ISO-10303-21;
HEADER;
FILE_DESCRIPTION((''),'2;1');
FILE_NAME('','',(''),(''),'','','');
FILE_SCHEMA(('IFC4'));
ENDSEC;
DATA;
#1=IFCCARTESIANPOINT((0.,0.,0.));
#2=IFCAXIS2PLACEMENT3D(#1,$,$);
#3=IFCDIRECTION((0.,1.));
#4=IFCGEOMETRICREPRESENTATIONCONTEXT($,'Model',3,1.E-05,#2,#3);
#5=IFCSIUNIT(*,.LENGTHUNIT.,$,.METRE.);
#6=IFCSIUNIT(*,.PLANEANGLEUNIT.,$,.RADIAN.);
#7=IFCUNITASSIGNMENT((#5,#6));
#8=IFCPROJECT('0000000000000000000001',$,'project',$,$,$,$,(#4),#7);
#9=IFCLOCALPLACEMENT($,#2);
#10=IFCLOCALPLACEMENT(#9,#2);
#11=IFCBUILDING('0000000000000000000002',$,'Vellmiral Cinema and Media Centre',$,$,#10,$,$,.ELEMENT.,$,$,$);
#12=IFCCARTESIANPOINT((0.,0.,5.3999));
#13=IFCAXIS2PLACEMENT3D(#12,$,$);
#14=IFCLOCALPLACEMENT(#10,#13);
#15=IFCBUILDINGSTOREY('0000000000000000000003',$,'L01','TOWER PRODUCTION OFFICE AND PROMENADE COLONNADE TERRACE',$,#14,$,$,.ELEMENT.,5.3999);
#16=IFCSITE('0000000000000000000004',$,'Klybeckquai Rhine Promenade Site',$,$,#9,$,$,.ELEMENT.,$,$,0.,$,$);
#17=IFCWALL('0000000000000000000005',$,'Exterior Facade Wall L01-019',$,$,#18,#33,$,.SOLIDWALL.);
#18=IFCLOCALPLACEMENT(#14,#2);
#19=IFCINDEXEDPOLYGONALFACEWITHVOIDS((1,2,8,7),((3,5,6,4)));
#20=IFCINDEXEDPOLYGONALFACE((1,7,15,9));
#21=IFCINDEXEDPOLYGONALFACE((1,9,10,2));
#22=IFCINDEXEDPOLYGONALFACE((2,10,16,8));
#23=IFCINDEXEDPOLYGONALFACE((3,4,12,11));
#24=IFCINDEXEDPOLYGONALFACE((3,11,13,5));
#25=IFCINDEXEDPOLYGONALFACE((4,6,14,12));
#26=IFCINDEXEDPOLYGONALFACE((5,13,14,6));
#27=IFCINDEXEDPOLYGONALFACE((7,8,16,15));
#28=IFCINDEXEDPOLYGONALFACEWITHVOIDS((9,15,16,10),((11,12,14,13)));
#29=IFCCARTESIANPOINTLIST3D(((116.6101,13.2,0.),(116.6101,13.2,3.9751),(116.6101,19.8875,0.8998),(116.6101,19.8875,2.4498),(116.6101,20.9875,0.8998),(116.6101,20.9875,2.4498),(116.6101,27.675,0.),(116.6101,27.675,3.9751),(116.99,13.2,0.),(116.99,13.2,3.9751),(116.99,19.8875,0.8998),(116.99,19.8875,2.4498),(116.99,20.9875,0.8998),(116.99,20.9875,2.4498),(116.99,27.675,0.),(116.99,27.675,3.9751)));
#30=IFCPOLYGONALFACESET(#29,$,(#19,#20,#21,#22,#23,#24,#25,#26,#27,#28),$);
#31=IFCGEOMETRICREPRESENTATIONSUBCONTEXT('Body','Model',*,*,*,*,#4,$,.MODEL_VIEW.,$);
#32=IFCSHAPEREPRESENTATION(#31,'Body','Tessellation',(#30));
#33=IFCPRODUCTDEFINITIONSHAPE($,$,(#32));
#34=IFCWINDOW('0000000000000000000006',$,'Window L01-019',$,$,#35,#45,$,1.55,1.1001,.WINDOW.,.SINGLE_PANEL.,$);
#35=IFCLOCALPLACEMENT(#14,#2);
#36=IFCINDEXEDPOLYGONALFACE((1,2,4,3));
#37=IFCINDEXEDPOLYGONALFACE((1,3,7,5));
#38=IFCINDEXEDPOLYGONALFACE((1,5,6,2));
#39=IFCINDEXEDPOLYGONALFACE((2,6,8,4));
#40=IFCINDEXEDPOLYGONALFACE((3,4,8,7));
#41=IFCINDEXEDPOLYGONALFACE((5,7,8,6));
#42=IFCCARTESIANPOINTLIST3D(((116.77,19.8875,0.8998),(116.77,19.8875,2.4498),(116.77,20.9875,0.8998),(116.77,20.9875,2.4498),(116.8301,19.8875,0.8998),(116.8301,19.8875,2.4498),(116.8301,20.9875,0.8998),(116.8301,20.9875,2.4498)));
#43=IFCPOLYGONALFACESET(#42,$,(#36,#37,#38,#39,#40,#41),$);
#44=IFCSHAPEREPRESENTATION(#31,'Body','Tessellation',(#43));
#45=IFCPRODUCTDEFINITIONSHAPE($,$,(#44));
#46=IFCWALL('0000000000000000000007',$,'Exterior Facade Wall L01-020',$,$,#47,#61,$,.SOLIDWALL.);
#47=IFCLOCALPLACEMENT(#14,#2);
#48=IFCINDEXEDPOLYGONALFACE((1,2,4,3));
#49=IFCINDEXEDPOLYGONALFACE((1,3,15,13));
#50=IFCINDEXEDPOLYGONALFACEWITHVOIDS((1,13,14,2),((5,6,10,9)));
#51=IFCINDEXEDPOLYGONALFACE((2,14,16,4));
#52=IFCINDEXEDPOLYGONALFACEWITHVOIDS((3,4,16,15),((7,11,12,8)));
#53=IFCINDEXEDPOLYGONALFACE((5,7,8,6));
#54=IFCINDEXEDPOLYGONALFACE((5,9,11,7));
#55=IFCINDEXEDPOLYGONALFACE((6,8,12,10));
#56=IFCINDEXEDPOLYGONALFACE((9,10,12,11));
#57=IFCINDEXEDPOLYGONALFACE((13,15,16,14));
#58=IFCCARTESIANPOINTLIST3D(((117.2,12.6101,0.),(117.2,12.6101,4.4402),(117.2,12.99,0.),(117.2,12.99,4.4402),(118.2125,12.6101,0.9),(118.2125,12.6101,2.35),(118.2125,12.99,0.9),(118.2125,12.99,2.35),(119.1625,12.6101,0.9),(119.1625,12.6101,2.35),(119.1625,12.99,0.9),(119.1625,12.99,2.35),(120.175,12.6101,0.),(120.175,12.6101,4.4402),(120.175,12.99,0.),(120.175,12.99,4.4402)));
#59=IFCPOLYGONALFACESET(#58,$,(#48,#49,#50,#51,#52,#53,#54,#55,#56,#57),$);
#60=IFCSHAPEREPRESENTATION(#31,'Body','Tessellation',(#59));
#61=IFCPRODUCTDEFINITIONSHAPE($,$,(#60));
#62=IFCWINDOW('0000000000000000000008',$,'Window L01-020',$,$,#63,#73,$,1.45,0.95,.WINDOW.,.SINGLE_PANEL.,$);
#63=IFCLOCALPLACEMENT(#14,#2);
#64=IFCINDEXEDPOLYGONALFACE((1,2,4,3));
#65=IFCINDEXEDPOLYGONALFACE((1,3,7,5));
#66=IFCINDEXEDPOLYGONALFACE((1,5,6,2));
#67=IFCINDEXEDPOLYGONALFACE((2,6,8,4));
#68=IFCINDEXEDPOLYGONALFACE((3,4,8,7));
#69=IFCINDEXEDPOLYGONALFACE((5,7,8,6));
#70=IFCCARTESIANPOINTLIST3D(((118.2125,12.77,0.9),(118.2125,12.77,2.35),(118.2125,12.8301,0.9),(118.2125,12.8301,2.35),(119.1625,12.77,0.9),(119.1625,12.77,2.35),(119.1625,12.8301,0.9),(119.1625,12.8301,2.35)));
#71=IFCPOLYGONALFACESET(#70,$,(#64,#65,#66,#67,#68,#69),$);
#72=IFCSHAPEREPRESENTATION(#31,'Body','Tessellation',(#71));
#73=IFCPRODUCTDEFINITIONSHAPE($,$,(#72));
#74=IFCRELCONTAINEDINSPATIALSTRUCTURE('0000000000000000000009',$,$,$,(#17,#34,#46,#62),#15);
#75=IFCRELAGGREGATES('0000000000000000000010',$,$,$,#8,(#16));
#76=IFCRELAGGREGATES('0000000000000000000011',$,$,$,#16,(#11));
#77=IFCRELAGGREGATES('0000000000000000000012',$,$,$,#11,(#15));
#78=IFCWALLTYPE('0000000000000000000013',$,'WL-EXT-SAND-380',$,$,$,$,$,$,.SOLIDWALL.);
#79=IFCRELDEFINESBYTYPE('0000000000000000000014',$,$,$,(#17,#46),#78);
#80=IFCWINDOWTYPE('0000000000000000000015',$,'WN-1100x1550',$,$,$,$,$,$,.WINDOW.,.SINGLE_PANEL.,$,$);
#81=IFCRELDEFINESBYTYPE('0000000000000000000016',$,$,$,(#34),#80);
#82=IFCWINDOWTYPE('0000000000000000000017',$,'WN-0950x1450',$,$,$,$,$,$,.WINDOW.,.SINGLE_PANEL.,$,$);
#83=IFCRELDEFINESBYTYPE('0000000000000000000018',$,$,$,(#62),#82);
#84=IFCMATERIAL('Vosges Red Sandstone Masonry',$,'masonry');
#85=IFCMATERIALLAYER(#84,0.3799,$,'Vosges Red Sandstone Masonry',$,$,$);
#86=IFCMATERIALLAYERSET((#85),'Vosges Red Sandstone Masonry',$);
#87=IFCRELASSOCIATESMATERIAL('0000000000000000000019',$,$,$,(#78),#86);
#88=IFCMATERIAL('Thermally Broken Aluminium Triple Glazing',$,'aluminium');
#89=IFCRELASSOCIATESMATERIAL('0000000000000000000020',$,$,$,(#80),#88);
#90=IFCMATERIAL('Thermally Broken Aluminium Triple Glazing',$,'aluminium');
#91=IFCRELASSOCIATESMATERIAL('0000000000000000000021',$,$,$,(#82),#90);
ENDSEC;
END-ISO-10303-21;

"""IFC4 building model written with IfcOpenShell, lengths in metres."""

from ifc_helpers import new_model, si_unit, direction, frame, frame_2d, origin, place, context, subcontext, project, spatial, rectangle, extrude, material, layer, layer_set, type_object, element, fill, save


model = new_model("IFC4")

# Units and contexts
model_context = context("Model", 3, precision=1e-05, world=origin(), true_north=direction((0.0, 1.0)))
body_context = subcontext(model_context, "Body", "Model", "MODEL_VIEW")
ifc_project = project(units=[si_unit("LENGTHUNIT", "METRE"), si_unit("PLANEANGLEUNIT", "RADIAN")], contexts=[model_context])

# Site, building, storey
site_placement = place(None, origin())
site = spatial("IfcSite", under=ifc_project, at=site_placement, Name="Klybeckquai Rhine Promenade Site", CompositionType="ELEMENT", RefElevation=0.0)
building_placement = place(site_placement, origin())
building = spatial("IfcBuilding", under=site, at=building_placement, Name="Vellmiral Cinema and Media Centre", CompositionType="ELEMENT")
storey_placement = place(building_placement, frame((0.0, 0.0, 5.3999)))
storey = spatial("IfcBuildingStorey", under=building, at=storey_placement, Name="L01", Description="TOWER PRODUCTION OFFICE AND PROMENADE COLONNADE TERRACE", CompositionType="ELEMENT", Elevation=5.3999)

# Walls, openings, windows
ifc_material_1 = material(Name="Vosges Red Sandstone Masonry", Category="masonry")
ifc_layer_1 = layer(ifc_material_1, 0.3799, Name="Vosges Red Sandstone Masonry")
ifc_layer_set_1 = layer_set([ifc_layer_1], Name="Vosges Red Sandstone Masonry")
wall_type_1 = type_object("IfcWallType", Name="WL-EXT-SAND-380", PredefinedType="SOLIDWALL", material=ifc_layer_set_1)
wall_1_placement = place(storey_placement, frame((116.8, 27.675, 0.0), z_axis=(0.0, 0.0, 1.0), x_axis=(0.0, -1.0, 0.0)))
wall_1 = element("IfcWall", 1, at=wall_1_placement, inside=storey, type_object=wall_type_1, Name="Exterior Facade Wall L01-019", PredefinedType="SOLIDWALL", context=body_context, shape_type="SweptSolid", body=[
    extrude(rectangle(XDim=14.4751, YDim=0.3799, at=frame_2d((7.2375, 0.0))), origin(), (0.0, 0.0, 1.0), 3.9751),
])
opening_1_placement = place(wall_1_placement, frame((6.6875, 0.0, 0.8999)))
opening_1 = element("IfcOpeningElement", 2, at=opening_1_placement, cuts=wall_1, PredefinedType="OPENING", context=body_context, shape_type="SweptSolid", body=[
    extrude(rectangle(XDim=1.1001, YDim=1.55, at=frame_2d((0.55, 0.7749))), frame((0.0, 0.2019, 0.0), z_axis=(0.0, -1.0, 0.0), x_axis=(1.0, 0.0, 0.0)), (0.0, 0.0, 1.0), 0.4038),
])
ifc_material_2 = material(Name="Thermally Broken Aluminium Triple Glazing", Category="aluminium")
window_type_1 = type_object("IfcWindowType", Name="WN-1100x1550", PartitioningType="SINGLE_PANEL", PredefinedType="WINDOW", material=ifc_material_2)
window_1_placement = place(opening_1_placement, origin())
window_1 = element("IfcWindow", 3, at=window_1_placement, inside=storey, type_object=window_type_1, Name="Window L01-019", OverallHeight=1.55, OverallWidth=1.1001, PartitioningType="SINGLE_PANEL", PredefinedType="WINDOW", context=body_context, shape_type="SweptSolid", body=[
    extrude(rectangle(XDim=1.1001, YDim=1.55, at=frame_2d((0.55, 0.7749))), frame((0.0, 0.03, 0.0), z_axis=(0.0, -1.0, 0.0), x_axis=(1.0, 0.0, 0.0)), (0.0, 0.0, 1.0), 0.0601),
])
fill(opening_1, window_1)
wall_2_placement = place(storey_placement, frame((117.2, 12.8, 0.0), z_axis=(0.0, 0.0, 1.0), x_axis=(1.0, 0.0, 0.0)))
wall_2 = element("IfcWall", 4, at=wall_2_placement, inside=storey, type_object=wall_type_1, Name="Exterior Facade Wall L01-020", PredefinedType="SOLIDWALL", context=body_context, shape_type="SweptSolid", body=[
    extrude(rectangle(XDim=2.9751, YDim=0.3799, at=frame_2d((1.4875, 0.0))), origin(), (0.0, 0.0, 1.0), 4.4402),
])
opening_2_placement = place(wall_2_placement, frame((1.0125, 0.0, 0.8999)))
opening_2 = element("IfcOpeningElement", 5, at=opening_2_placement, cuts=wall_2, PredefinedType="OPENING", context=body_context, shape_type="SweptSolid", body=[
    extrude(rectangle(XDim=0.95, YDim=1.45, at=frame_2d((0.4751, 0.7251))), frame((0.0, 0.2019, 0.0), z_axis=(0.0, -1.0, 0.0), x_axis=(1.0, 0.0, 0.0)), (0.0, 0.0, 1.0), 0.4038),
])
ifc_material_3 = material(Name="Thermally Broken Aluminium Triple Glazing", Category="aluminium")
window_type_2 = type_object("IfcWindowType", Name="WN-0950x1450", PartitioningType="SINGLE_PANEL", PredefinedType="WINDOW", material=ifc_material_3)
window_2_placement = place(opening_2_placement, origin())
window_2 = element("IfcWindow", 6, at=window_2_placement, inside=storey, type_object=window_type_2, Name="Window L01-020", OverallHeight=1.45, OverallWidth=0.95, PartitioningType="SINGLE_PANEL", PredefinedType="WINDOW", context=body_context, shape_type="SweptSolid", body=[
    extrude(rectangle(XDim=0.95, YDim=1.45, at=frame_2d((0.4751, 0.7251))), frame((0.0, 0.03, 0.0), z_axis=(0.0, -1.0, 0.0), x_axis=(1.0, 0.0, 0.0)), (0.0, 0.0, 1.0), 0.0601),
])
fill(opening_2, window_2)

save(model, "model.ifc")
